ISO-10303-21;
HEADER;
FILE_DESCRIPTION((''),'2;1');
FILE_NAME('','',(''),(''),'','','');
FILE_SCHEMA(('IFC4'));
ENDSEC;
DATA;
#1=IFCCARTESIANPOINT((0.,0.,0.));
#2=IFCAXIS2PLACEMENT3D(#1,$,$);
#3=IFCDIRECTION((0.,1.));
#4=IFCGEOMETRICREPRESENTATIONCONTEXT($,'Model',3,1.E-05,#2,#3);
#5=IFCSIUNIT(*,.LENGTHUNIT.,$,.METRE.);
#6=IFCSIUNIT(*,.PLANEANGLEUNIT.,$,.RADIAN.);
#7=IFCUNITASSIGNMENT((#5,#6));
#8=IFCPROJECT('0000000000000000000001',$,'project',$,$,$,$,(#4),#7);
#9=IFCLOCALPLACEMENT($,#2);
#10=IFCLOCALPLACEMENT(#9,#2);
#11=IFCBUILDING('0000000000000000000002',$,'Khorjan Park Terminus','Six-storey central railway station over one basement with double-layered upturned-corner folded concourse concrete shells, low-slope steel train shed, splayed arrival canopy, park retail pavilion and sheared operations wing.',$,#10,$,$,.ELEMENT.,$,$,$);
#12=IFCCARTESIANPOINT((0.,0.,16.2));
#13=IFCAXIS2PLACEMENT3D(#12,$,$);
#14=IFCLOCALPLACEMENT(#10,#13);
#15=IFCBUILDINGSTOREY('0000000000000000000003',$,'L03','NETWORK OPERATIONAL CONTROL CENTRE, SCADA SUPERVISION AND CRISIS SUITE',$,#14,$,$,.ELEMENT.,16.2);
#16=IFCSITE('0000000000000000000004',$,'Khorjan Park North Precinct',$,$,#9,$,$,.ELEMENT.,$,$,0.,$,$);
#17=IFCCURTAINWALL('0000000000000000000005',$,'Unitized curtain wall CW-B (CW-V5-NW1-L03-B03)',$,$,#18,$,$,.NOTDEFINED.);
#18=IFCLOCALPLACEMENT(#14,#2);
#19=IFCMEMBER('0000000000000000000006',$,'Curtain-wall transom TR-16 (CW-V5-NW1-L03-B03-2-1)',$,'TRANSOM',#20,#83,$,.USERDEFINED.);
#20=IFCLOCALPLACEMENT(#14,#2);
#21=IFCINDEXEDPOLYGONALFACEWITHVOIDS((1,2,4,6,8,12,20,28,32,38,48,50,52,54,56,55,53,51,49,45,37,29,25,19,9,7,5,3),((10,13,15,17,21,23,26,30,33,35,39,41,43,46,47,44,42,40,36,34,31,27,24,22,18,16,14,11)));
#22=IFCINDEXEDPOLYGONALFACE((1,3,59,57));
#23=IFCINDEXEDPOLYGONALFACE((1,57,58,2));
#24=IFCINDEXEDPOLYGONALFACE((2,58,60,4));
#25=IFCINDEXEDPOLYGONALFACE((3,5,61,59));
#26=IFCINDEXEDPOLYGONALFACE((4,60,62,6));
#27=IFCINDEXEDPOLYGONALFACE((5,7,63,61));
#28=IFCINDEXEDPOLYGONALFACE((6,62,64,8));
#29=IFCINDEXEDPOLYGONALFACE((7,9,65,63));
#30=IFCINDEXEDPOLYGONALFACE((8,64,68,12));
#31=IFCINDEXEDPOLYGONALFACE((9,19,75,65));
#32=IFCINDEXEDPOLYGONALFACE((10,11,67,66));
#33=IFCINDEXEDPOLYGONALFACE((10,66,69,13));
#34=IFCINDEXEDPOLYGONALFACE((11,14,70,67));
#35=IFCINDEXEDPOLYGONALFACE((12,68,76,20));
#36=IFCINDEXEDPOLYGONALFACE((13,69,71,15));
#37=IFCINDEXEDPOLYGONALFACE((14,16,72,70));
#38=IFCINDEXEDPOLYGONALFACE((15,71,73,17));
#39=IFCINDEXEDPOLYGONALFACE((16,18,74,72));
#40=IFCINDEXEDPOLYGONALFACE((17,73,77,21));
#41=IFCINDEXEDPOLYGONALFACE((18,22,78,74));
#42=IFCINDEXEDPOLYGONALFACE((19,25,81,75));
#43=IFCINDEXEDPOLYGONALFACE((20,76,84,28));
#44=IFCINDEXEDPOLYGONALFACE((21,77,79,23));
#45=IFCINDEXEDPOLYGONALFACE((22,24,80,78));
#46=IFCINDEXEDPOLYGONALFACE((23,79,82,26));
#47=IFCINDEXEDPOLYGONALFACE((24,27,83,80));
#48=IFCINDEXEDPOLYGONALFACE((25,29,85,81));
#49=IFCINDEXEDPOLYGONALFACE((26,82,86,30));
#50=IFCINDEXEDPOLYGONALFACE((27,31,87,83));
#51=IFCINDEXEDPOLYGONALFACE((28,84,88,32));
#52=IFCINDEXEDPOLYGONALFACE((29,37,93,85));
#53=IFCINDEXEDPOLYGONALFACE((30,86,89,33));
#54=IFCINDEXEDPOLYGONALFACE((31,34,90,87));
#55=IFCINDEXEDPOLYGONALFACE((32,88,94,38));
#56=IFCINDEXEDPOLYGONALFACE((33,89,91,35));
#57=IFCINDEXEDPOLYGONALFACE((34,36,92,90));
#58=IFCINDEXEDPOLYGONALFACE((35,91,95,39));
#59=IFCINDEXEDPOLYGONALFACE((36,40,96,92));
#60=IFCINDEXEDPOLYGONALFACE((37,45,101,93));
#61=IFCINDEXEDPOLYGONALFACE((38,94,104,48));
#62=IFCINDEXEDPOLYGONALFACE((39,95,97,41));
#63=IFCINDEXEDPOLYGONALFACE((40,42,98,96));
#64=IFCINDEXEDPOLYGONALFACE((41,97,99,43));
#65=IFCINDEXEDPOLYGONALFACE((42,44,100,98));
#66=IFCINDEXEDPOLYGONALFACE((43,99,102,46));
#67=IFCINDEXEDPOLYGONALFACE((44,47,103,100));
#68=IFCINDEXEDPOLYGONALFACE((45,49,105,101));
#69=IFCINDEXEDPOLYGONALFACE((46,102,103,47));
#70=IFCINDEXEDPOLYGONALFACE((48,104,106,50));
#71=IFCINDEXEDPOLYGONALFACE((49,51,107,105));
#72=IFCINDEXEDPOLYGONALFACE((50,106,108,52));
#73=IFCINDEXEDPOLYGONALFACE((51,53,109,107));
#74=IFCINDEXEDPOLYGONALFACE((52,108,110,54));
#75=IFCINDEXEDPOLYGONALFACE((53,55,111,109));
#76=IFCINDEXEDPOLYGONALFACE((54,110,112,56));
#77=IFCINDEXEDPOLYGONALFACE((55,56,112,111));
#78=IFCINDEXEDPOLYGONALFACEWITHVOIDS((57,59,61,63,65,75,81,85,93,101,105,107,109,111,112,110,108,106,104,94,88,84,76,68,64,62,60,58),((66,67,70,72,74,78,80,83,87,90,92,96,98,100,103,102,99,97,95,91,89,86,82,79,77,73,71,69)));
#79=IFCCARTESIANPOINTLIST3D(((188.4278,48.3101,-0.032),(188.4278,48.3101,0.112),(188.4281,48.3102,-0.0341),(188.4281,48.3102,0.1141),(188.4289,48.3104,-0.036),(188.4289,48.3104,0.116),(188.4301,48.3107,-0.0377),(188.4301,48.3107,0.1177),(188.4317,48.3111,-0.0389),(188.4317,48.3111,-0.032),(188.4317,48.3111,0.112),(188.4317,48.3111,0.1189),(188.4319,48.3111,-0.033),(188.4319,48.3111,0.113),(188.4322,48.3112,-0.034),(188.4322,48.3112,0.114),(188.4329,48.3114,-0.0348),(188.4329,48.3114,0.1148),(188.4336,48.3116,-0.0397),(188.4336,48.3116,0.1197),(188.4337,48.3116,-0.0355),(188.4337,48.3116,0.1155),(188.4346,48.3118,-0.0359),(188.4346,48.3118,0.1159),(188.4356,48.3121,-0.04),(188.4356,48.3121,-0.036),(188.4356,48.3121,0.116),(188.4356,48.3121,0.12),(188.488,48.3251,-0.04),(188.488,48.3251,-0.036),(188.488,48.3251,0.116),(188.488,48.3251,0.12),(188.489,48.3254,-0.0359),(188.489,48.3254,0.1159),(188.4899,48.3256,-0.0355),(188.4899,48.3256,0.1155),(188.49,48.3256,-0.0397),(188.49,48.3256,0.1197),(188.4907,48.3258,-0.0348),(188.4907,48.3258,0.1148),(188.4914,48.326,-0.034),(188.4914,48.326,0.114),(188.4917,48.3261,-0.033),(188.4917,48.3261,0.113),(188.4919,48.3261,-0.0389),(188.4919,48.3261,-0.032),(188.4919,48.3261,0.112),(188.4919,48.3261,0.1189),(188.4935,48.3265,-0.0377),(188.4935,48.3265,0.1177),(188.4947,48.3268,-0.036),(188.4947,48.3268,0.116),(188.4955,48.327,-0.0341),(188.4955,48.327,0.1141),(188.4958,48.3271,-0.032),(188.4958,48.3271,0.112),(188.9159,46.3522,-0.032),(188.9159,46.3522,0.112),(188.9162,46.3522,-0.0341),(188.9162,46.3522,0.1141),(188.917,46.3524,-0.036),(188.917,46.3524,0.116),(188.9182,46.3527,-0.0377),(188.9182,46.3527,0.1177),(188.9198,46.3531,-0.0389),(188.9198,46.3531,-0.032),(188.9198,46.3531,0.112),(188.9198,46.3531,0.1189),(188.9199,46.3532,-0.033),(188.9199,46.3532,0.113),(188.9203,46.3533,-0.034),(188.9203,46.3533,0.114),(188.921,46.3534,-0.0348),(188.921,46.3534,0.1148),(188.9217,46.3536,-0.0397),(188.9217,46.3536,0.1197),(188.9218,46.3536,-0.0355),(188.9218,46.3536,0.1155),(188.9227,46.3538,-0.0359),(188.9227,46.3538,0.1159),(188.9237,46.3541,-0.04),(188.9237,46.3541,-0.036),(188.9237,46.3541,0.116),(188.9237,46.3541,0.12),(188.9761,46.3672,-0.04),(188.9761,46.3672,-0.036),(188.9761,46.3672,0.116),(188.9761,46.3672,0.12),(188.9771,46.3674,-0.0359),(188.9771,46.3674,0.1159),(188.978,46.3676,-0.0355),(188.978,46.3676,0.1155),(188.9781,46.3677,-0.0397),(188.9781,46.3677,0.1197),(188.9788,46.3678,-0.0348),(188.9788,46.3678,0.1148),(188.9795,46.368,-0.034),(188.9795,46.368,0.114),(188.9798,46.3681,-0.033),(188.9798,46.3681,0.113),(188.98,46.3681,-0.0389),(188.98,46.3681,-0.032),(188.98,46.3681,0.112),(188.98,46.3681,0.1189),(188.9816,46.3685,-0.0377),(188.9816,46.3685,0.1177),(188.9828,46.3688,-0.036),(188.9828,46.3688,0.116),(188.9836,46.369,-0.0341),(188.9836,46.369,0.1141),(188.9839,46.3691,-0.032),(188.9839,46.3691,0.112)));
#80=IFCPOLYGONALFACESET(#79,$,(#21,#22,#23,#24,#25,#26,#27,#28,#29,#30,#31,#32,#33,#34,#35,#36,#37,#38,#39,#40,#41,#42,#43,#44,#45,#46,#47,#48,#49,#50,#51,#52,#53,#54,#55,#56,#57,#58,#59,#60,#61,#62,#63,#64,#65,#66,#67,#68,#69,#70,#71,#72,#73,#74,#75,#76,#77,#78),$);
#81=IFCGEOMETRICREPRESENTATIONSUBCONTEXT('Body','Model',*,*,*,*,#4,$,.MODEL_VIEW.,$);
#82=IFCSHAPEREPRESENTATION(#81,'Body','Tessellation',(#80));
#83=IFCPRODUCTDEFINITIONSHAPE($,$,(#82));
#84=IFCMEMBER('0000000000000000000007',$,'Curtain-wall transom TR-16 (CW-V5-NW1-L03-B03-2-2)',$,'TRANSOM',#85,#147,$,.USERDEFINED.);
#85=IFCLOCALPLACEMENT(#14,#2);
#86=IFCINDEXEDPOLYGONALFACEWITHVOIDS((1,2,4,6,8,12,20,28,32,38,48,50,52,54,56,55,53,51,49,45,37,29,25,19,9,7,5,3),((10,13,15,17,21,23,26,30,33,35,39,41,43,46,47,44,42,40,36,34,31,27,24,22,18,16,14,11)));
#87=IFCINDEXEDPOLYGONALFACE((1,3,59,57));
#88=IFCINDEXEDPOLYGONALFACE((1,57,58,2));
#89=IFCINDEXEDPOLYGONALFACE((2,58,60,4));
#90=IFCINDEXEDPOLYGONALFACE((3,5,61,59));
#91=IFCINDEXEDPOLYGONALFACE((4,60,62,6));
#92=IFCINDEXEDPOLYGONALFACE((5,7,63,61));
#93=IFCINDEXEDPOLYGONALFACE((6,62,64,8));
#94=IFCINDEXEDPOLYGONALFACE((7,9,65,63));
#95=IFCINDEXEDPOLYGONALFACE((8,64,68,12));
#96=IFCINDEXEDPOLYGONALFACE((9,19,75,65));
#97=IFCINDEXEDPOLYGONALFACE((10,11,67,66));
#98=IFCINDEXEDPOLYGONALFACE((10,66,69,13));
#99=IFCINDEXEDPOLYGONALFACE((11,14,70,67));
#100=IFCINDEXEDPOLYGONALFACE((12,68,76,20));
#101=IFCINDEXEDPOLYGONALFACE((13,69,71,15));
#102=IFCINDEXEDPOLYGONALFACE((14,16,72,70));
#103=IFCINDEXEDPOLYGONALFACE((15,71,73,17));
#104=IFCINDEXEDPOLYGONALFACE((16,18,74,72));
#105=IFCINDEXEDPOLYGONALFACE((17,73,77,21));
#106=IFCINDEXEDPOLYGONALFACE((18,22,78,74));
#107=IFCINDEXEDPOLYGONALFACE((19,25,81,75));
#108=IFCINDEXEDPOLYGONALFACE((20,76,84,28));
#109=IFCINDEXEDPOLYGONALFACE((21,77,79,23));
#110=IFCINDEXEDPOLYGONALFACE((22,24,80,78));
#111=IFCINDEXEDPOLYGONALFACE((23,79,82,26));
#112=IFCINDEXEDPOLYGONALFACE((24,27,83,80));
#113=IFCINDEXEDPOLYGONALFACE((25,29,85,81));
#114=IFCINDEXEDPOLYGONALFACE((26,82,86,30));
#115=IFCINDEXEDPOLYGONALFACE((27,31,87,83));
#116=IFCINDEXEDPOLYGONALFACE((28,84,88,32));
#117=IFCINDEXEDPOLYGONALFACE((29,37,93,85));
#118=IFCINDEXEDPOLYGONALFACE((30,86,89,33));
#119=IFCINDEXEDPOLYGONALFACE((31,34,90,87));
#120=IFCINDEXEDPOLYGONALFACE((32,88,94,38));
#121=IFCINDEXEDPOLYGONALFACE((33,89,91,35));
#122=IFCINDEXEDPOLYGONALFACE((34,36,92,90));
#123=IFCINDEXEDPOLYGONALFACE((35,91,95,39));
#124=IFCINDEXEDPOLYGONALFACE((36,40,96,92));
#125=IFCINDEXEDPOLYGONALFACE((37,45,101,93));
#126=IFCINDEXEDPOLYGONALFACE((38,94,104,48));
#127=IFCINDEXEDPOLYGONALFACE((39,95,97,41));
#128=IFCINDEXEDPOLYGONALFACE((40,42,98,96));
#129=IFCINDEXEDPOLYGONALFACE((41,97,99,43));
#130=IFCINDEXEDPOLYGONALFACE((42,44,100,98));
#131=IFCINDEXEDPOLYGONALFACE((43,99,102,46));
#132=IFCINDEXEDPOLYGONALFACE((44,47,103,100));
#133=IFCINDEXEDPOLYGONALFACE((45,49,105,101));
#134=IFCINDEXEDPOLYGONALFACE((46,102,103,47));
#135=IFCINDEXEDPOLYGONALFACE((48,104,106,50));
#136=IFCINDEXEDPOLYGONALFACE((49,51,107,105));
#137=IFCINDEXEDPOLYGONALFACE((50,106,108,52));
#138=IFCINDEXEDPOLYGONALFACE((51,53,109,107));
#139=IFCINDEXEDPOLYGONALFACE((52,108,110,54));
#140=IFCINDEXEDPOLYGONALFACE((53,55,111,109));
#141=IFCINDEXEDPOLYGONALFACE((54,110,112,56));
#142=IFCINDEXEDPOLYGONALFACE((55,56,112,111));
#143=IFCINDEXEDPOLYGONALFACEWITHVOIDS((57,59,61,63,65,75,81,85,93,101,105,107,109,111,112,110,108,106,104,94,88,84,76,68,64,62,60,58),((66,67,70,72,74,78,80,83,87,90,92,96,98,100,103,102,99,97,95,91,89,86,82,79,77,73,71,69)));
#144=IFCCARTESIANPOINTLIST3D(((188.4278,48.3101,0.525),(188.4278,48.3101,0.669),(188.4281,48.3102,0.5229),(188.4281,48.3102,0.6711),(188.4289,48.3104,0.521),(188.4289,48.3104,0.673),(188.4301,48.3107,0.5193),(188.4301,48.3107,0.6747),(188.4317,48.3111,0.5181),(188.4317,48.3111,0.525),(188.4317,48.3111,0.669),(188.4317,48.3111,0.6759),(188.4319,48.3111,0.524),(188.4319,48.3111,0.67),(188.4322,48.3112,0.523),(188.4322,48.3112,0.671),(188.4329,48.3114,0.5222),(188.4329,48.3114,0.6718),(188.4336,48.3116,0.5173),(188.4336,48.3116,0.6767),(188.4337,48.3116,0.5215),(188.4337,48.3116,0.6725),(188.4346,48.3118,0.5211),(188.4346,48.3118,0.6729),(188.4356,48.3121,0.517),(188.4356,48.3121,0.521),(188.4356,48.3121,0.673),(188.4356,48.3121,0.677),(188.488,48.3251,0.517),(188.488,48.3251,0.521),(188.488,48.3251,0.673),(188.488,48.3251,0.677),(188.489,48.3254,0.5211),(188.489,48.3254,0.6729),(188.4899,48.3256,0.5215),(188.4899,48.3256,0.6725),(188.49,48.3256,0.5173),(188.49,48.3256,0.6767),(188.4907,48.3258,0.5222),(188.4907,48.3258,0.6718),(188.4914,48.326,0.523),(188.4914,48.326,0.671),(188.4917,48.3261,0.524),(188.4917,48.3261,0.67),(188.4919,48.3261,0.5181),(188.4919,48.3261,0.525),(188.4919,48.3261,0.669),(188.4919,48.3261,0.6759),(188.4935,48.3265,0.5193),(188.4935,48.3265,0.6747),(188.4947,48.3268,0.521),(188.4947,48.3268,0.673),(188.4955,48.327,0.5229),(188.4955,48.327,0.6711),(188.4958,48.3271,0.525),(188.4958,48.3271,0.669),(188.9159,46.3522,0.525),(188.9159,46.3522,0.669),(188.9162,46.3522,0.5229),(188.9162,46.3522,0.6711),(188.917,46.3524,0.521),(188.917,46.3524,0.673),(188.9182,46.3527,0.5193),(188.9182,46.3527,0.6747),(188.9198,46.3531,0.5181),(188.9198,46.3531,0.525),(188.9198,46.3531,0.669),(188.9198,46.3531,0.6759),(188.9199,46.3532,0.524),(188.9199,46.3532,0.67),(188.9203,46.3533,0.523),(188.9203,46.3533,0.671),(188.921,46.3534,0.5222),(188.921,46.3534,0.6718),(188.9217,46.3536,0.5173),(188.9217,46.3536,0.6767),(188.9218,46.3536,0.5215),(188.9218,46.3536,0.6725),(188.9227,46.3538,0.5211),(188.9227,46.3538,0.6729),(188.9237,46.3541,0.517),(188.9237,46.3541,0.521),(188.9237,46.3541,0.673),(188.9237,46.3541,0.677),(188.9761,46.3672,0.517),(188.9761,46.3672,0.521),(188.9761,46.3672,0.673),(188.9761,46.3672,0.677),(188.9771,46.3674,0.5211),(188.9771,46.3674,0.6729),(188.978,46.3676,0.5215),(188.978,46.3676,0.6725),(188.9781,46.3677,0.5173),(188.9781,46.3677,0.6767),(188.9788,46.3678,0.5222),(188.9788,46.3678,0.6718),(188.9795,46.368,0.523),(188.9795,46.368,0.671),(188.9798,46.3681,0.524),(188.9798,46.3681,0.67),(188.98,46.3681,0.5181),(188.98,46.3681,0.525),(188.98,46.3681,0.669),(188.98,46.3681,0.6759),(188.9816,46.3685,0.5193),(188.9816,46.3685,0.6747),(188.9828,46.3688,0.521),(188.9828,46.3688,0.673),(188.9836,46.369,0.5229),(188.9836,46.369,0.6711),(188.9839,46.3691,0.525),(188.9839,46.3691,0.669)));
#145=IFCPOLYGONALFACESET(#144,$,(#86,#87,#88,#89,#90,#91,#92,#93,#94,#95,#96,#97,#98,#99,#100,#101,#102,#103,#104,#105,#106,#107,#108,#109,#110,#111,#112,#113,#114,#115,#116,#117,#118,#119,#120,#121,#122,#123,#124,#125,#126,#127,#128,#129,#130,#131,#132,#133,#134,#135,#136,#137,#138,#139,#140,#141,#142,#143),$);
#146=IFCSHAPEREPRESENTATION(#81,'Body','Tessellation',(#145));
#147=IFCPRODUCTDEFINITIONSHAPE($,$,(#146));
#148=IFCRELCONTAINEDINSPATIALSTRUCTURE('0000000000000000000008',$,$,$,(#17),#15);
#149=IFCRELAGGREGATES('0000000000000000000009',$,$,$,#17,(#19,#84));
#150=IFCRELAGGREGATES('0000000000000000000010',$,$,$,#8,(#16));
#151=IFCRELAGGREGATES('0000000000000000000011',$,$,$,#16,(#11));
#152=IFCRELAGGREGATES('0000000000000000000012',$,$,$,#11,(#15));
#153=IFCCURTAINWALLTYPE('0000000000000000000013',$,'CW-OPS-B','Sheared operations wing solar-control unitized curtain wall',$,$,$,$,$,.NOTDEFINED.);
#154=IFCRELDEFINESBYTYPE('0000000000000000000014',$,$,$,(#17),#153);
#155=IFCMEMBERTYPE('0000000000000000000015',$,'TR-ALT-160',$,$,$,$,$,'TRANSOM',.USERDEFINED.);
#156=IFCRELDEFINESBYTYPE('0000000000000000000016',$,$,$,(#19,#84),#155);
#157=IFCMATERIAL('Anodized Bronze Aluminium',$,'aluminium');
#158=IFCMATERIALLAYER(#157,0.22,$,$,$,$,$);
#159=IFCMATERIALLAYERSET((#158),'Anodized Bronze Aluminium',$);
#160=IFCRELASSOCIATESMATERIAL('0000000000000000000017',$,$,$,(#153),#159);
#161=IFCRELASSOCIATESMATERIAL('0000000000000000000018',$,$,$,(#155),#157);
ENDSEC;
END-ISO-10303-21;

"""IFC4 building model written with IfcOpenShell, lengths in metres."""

from ifc_helpers import new_model, si_unit, direction, frame, origin, origin_2d, place, context, subcontext, project, spatial, hollow_rectangle, extrude, material, layer, layer_set, material_profile, profile_set, type_object, element, aggregate, save


model = new_model("IFC4")

# Units and contexts
model_context = context("Model", 3, precision=1e-05, world=origin(), true_north=direction((0.0, 1.0)))
body_context = subcontext(model_context, "Body", "Model", "MODEL_VIEW")
ifc_project = project(units=[si_unit("LENGTHUNIT", "METRE"), si_unit("PLANEANGLEUNIT", "RADIAN")], contexts=[model_context])

# Site, building, storey
site_placement = place(None, origin())
site = spatial("IfcSite", under=ifc_project, at=site_placement, Name="Khorjan Park North Precinct", CompositionType="ELEMENT", RefElevation=0.0)
building_placement = place(site_placement, origin())
building = spatial("IfcBuilding", under=site, at=building_placement, Name="Khorjan Park Terminus", Description="Six-storey central railway station over one basement with double-layered upturned-corner folded concourse concrete shells, low-slope steel train shed, splayed arrival canopy, park retail pavilion and sheared operations wing.", CompositionType="ELEMENT")
storey_placement = place(building_placement, frame((0.0, 0.0, 16.2)))
storey = spatial("IfcBuildingStorey", under=building, at=storey_placement, Name="L03", Description="NETWORK OPERATIONAL CONTROL CENTRE, SCADA SUPERVISION AND CRISIS SUITE", CompositionType="ELEMENT", Elevation=16.2)

# Curtain wall, members
ifc_material_1 = material(Name="Anodized Bronze Aluminium", Category="aluminium")
ifc_layer_1 = layer(ifc_material_1, 0.22)
ifc_layer_set_1 = layer_set([ifc_layer_1], Name="Anodized Bronze Aluminium")
curtain_wall_type = type_object("IfcCurtainWallType", Name="CW-OPS-B", Description="Sheared operations wing solar-control unitized curtain wall", PredefinedType="NOTDEFINED", material=ifc_layer_set_1)
curtain_wall_placement = place(storey_placement, origin())
curtain_wall = element("IfcCurtainWall", 1, at=curtain_wall_placement, inside=storey, type_object=curtain_wall_type, Name="Unitized curtain wall CW-B (CW-V5-NW1-L03-B03)", PredefinedType="NOTDEFINED")
ifc_material_profile_1 = material_profile(ifc_material_1, hollow_rectangle(XDim=0.07, YDim=0.16, WallThickness=0.004, InnerFilletRadius=0.004, OuterFilletRadius=0.008, at=origin_2d()), Name="ALT 70x160x4")
ifc_profile_set_1 = profile_set([ifc_material_profile_1], Name="Anodized Bronze Aluminium")
member_type_1 = type_object("IfcMemberType", Name="TR-ALT-160", ElementType="TRANSOM", PredefinedType="USERDEFINED", material=ifc_profile_set_1)
member_1_placement = place(storey_placement, frame((188.4618, 48.3186, 0.04), z_axis=(0.241883, -0.970306, 0.0), x_axis=(0.970306, 0.241883, 0.0)))
member_1 = element("IfcMember", 2, at=member_1_placement, type_object=member_type_1, Name="Curtain-wall transom TR-16 (CW-V5-NW1-L03-B03-2-1)", ObjectType="TRANSOM", PredefinedType="USERDEFINED", context=body_context, shape_type="SweptSolid", body=[
    extrude(hollow_rectangle(XDim=0.07, YDim=0.16, WallThickness=0.004, InnerFilletRadius=0.004, OuterFilletRadius=0.008, at=origin_2d()), origin(), (0.0, 0.0, 1.0), 2.0179),
])
member_2_placement = place(storey_placement, frame((188.4618, 48.3186, 0.597), z_axis=(0.241883, -0.970306, 0.0), x_axis=(0.970306, 0.241883, 0.0)))
member_2 = element("IfcMember", 3, at=member_2_placement, type_object=member_type_1, Name="Curtain-wall transom TR-16 (CW-V5-NW1-L03-B03-2-2)", ObjectType="TRANSOM", PredefinedType="USERDEFINED", context=body_context, shape_type="SweptSolid", body=[
    extrude(hollow_rectangle(XDim=0.07, YDim=0.16, WallThickness=0.004, InnerFilletRadius=0.004, OuterFilletRadius=0.008, at=origin_2d()), origin(), (0.0, 0.0, 1.0), 2.0179),
])
aggregate(curtain_wall, [member_1, member_2])

save(model, "model.ifc")
